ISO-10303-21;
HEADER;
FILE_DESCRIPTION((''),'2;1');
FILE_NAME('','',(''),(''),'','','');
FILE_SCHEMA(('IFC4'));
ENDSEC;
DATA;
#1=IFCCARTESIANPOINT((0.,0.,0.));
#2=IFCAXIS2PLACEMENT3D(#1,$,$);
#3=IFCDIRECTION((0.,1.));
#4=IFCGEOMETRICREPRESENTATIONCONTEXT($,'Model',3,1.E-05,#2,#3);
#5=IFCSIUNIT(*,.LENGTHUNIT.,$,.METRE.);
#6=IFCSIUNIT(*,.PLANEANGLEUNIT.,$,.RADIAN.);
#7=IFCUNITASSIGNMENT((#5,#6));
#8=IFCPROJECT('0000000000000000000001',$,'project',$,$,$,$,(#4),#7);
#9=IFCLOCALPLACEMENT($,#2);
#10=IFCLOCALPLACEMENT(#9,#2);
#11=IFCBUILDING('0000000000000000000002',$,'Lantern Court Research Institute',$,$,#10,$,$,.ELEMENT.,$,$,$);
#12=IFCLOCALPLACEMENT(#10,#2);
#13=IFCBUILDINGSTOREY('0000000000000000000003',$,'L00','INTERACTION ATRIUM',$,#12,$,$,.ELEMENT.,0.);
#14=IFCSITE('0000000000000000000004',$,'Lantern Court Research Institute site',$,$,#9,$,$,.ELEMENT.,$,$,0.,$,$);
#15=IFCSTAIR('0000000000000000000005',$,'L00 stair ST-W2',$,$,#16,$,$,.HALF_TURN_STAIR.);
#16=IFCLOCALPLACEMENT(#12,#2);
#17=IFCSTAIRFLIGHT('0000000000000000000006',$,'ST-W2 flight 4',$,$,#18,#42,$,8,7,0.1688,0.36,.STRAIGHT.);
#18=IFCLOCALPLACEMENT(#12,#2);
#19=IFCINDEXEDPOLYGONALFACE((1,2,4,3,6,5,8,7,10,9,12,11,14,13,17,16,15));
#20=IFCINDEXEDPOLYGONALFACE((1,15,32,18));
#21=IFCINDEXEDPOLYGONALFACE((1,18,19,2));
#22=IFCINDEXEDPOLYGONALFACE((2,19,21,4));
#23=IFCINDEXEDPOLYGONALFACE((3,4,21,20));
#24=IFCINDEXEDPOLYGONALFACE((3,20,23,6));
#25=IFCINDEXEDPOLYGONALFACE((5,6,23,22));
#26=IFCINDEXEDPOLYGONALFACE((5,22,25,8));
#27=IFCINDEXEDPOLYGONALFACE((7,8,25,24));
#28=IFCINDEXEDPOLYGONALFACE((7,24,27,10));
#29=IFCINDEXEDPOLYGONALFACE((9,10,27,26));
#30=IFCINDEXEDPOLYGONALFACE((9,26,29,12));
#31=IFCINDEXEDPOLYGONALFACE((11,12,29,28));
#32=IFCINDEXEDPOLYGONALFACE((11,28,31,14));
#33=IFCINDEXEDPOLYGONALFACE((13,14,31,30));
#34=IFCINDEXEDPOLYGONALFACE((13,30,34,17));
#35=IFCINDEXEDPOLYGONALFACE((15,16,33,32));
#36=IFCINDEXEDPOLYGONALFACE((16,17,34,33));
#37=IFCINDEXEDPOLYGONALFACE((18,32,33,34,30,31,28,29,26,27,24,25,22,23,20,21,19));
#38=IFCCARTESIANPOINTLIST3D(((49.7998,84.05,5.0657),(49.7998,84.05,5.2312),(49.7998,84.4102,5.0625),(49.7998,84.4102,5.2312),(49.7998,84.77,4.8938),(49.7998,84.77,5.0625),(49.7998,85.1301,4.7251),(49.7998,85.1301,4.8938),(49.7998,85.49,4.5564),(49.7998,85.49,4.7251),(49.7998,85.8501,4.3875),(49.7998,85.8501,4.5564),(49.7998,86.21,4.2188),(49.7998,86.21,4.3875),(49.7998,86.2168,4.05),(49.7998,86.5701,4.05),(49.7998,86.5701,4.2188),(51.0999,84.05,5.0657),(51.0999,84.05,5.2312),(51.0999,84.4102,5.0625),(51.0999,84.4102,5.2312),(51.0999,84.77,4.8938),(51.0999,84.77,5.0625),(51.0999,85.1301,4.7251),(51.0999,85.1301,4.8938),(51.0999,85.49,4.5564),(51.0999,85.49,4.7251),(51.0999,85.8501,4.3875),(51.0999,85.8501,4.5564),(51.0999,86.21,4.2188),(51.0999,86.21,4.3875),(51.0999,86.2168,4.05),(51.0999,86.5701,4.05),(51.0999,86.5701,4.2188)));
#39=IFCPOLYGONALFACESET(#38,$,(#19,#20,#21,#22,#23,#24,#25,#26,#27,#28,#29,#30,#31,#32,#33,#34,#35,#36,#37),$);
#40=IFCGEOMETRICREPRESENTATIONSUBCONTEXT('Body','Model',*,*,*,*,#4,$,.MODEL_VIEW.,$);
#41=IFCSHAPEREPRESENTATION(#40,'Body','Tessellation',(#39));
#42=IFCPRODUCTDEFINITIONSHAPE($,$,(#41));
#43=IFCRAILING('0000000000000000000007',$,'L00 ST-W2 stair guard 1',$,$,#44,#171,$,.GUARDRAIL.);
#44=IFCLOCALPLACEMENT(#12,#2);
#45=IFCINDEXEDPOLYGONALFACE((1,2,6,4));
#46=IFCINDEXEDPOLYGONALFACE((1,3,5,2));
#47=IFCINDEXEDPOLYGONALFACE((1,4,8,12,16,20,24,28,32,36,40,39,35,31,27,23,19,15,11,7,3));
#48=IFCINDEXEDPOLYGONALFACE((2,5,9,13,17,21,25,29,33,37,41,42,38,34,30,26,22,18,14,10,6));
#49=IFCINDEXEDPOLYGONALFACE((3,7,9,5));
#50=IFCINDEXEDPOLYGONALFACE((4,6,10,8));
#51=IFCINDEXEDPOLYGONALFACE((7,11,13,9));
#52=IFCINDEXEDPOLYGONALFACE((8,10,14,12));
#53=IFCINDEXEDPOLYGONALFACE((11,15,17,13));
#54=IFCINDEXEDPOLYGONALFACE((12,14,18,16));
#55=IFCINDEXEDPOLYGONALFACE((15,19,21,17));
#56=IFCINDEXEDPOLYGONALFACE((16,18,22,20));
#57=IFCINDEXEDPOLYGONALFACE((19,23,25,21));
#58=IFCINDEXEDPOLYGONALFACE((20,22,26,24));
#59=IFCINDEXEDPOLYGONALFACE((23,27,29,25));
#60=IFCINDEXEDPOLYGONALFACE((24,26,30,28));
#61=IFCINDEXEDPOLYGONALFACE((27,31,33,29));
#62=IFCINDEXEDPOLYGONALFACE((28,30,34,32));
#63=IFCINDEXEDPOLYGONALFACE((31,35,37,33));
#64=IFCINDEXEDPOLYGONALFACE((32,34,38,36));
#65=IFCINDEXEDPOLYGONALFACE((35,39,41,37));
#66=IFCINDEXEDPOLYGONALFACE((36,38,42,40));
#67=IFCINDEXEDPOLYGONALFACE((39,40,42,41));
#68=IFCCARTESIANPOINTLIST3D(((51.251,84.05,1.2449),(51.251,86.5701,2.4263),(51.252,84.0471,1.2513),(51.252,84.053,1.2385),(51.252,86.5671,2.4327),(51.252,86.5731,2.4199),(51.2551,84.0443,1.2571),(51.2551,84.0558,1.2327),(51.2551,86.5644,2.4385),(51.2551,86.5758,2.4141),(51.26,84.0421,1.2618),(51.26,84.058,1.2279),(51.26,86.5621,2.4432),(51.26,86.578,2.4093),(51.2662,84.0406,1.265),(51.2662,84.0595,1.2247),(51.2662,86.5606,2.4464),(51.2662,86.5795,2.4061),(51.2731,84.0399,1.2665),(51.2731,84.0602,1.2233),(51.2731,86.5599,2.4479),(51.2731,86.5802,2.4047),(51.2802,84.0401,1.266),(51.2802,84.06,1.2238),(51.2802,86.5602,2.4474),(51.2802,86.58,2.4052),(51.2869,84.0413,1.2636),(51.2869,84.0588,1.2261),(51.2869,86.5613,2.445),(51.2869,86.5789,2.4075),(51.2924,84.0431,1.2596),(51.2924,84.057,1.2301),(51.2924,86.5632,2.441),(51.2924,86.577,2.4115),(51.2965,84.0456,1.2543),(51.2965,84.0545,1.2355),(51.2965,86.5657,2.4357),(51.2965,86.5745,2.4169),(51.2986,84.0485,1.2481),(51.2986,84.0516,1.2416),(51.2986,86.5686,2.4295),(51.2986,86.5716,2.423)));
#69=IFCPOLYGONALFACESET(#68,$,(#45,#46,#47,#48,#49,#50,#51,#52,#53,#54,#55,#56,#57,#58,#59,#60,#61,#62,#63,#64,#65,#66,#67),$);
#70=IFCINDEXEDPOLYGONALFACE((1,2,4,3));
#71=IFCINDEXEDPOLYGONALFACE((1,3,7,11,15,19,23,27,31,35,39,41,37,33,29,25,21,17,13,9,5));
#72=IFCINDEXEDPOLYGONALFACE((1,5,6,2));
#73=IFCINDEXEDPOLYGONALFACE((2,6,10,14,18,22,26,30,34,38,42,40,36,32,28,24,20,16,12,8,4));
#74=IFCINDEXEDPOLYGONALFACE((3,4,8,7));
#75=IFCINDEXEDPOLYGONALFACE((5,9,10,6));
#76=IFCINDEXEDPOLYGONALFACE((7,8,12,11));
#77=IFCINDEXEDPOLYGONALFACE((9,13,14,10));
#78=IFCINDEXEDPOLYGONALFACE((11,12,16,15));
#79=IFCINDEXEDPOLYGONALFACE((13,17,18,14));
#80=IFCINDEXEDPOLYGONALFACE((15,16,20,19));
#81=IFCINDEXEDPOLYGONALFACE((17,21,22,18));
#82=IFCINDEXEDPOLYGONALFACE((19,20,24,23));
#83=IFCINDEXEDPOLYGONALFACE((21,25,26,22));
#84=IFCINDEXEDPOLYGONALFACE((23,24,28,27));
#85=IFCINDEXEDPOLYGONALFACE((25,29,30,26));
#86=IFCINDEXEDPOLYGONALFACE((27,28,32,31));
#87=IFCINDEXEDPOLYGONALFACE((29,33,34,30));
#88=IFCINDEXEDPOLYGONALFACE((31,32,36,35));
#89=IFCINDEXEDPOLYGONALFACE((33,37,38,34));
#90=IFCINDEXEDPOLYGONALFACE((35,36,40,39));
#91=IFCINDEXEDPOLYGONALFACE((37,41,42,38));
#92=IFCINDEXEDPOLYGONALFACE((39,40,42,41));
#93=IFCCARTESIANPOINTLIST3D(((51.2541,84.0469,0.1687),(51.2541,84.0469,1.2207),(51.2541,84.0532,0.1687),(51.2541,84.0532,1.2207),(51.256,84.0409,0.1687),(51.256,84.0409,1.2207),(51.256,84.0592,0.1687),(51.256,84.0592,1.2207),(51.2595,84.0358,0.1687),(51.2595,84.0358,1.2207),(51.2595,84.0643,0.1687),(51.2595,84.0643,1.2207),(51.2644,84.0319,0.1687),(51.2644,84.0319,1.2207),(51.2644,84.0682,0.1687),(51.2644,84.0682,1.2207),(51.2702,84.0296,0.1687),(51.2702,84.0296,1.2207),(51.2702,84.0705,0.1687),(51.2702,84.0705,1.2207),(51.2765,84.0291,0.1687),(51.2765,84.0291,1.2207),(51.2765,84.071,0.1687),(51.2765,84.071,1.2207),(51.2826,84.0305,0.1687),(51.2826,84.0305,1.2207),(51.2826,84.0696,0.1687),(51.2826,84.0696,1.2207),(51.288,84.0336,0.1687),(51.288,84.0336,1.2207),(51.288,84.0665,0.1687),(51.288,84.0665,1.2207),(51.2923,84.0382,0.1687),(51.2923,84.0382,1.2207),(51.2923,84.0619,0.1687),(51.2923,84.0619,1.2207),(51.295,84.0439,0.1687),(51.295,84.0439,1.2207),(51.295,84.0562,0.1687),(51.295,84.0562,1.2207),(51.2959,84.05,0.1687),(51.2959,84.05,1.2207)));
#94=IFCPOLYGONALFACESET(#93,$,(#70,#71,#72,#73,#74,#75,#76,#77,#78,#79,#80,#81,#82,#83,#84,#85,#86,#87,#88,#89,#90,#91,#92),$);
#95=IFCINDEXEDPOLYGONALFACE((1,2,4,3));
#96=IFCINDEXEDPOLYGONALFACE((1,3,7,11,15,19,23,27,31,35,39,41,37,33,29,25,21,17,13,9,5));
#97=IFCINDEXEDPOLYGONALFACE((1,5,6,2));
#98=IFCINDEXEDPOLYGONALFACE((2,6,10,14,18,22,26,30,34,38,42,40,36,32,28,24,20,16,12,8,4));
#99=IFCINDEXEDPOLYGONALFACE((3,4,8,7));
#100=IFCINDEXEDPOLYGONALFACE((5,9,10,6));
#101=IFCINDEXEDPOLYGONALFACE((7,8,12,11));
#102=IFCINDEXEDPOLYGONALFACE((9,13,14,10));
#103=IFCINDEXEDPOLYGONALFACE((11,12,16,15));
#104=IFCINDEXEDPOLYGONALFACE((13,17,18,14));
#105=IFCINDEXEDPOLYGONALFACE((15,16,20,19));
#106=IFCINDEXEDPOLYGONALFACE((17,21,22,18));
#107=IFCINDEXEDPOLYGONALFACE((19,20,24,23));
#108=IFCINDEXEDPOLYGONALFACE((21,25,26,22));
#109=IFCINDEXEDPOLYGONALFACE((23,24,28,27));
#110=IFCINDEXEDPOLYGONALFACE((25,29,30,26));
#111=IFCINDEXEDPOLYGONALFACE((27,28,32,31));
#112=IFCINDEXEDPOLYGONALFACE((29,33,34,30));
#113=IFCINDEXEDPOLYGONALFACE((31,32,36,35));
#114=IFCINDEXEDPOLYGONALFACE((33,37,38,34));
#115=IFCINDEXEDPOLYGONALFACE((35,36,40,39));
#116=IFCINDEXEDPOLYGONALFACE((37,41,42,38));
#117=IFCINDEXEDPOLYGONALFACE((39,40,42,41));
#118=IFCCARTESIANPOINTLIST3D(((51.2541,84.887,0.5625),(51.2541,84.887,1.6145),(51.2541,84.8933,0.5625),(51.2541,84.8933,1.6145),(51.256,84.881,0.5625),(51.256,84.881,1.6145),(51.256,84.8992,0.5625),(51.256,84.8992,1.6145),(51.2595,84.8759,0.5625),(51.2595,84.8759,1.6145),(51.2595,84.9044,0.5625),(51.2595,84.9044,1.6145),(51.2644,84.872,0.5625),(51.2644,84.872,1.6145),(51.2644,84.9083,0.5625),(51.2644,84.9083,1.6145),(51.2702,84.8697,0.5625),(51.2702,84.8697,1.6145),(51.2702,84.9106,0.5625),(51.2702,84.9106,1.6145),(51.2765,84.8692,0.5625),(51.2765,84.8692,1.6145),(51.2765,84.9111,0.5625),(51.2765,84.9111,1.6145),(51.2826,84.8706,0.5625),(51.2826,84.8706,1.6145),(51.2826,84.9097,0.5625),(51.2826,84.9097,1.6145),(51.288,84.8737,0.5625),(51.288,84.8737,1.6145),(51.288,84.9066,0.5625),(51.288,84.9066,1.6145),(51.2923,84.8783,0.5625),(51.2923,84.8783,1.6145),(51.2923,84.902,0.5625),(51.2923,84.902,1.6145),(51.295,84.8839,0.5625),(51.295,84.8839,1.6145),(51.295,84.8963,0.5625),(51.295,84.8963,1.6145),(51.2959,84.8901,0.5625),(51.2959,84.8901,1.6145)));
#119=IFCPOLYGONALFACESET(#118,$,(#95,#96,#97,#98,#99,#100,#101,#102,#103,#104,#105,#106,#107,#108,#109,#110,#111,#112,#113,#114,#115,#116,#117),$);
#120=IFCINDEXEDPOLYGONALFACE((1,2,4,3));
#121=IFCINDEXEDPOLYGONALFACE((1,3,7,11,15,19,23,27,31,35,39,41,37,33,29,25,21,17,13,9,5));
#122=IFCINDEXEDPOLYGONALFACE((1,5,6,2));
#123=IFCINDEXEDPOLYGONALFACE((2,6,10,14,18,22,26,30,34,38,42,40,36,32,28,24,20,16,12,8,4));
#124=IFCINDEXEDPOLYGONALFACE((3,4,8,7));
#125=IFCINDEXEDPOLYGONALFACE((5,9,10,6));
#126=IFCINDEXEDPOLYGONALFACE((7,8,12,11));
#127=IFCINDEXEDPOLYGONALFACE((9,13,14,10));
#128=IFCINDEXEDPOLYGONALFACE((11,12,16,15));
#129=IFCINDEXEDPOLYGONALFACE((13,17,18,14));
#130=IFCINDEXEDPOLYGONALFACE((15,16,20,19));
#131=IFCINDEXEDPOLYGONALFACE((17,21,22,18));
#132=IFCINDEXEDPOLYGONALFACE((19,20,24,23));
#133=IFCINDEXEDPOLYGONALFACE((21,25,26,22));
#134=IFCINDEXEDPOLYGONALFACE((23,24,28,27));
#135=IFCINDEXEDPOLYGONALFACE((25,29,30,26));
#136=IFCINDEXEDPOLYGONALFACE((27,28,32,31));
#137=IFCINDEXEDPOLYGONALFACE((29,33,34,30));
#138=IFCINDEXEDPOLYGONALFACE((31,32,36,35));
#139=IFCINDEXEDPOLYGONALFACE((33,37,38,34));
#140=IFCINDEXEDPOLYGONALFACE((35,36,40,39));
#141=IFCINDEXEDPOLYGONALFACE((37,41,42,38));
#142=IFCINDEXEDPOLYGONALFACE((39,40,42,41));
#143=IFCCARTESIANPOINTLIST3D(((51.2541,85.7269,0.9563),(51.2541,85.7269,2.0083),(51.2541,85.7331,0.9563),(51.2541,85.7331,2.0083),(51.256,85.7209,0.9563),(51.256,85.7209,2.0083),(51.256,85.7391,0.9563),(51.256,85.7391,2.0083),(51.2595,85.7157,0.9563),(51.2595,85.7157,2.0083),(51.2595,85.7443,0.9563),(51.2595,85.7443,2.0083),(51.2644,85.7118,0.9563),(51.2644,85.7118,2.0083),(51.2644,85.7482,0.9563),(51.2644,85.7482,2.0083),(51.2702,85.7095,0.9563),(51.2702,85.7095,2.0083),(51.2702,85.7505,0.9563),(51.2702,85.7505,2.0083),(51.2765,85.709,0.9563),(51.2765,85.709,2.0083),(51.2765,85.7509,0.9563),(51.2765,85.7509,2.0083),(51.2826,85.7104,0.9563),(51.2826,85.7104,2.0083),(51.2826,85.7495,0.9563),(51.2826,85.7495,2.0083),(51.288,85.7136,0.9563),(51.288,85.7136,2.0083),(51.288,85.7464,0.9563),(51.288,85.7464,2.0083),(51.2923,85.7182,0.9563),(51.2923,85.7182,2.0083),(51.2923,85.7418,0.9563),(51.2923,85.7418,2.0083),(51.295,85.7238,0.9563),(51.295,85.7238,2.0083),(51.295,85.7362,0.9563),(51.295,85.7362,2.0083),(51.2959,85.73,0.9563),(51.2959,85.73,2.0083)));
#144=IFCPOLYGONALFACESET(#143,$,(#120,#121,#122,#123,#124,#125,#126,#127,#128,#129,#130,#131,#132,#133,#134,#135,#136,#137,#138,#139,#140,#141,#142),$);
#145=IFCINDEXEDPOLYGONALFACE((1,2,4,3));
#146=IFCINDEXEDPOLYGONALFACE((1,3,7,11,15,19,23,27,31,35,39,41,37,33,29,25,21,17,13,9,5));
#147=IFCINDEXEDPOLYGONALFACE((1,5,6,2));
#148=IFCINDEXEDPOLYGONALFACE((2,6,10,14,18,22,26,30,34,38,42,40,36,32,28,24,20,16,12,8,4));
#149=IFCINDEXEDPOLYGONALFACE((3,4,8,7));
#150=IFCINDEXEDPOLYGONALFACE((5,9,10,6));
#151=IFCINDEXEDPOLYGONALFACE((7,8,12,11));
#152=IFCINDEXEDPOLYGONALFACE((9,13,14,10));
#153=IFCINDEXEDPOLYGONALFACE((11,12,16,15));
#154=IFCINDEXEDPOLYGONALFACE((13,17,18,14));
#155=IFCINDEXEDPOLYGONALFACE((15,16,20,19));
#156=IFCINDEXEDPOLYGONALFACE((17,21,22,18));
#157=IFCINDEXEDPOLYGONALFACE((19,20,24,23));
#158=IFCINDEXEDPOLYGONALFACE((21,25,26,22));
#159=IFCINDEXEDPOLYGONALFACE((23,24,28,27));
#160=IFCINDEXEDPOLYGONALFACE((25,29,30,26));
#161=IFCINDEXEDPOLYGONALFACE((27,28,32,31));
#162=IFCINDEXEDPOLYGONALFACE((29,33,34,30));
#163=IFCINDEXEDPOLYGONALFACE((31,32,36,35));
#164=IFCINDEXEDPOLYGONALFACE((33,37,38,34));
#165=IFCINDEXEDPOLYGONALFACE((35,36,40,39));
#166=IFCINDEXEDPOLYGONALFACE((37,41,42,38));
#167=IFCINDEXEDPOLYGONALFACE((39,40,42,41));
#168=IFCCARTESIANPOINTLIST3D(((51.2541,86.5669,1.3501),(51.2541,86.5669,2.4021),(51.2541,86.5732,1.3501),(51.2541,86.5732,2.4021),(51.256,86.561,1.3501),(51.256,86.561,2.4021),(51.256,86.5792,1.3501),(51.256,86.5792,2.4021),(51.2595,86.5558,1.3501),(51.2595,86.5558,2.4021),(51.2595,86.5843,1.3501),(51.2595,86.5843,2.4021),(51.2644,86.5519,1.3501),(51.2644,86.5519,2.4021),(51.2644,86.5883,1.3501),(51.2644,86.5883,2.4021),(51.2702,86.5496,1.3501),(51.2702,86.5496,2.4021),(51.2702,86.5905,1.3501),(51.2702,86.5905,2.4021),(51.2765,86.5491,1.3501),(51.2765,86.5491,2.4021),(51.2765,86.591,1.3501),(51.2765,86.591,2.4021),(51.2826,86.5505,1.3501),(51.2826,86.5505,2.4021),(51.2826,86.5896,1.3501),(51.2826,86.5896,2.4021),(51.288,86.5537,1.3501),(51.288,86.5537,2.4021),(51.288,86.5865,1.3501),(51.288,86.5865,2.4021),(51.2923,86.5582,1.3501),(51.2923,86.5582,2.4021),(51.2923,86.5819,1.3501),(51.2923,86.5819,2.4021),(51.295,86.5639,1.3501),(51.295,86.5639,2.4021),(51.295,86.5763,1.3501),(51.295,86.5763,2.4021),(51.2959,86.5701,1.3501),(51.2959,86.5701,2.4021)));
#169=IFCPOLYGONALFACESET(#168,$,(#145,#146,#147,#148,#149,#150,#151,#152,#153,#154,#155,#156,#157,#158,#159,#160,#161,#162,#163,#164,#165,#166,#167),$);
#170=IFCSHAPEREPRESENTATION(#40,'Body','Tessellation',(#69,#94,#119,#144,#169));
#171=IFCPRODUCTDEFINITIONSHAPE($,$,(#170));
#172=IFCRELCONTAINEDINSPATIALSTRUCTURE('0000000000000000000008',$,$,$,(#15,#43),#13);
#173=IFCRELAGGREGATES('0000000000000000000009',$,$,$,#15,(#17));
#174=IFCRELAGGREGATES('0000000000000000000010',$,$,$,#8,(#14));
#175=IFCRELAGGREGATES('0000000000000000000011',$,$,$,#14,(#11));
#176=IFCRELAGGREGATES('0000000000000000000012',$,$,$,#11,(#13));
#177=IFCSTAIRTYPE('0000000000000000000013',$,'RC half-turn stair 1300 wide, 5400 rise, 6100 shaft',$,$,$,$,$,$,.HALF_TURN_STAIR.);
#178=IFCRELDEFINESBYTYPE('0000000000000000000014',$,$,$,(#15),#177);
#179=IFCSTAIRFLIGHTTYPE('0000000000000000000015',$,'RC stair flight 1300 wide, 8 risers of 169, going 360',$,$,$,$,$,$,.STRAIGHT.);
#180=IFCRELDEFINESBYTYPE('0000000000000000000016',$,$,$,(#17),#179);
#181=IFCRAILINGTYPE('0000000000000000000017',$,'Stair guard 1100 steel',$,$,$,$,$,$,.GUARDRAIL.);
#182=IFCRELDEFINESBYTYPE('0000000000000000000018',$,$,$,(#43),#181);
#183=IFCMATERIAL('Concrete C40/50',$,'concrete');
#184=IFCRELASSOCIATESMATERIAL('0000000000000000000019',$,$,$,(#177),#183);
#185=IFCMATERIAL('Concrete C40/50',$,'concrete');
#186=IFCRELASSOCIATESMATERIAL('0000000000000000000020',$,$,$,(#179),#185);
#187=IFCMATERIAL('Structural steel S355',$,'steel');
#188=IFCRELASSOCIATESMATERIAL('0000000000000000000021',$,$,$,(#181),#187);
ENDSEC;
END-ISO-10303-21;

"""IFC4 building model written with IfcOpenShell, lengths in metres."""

from ifc_helpers import new_model, si_unit, direction, frame, origin, origin_2d, place, context, subcontext, project, spatial, polyline, circle, outline, extrude, material, type_object, element, aggregate, save


model = new_model("IFC4")

# Units and contexts
model_context = context("Model", 3, precision=1e-05, world=origin(), true_north=direction((0.0, 1.0)))
body_context = subcontext(model_context, "Body", "Model", "MODEL_VIEW")
ifc_project = project(units=[si_unit("LENGTHUNIT", "METRE"), si_unit("PLANEANGLEUNIT", "RADIAN")], contexts=[model_context])

# Site, building, storey
site_placement = place(None, origin())
site = spatial("IfcSite", under=ifc_project, at=site_placement, Name="Lantern Court Research Institute site", CompositionType="ELEMENT", RefElevation=0.0)
building_placement = place(site_placement, origin())
building = spatial("IfcBuilding", under=site, at=building_placement, Name="Lantern Court Research Institute", CompositionType="ELEMENT")
storey_placement = place(building_placement, origin())
storey = spatial("IfcBuildingStorey", under=building, at=storey_placement, Name="L00", Description="INTERACTION ATRIUM", CompositionType="ELEMENT", Elevation=0.0)

# Stair, stair flight
ifc_material_1 = material(Name="Concrete C40/50", Category="concrete")
stair_type = type_object("IfcStairType", Name="RC half-turn stair 1300 wide, 5400 rise, 6100 shaft", PredefinedType="HALF_TURN_STAIR", material=ifc_material_1)
stair_placement = place(storey_placement, origin())
stair = element("IfcStair", 1, at=stair_placement, inside=storey, type_object=stair_type, Name="L00 stair ST-W2", PredefinedType="HALF_TURN_STAIR")
ifc_material_2 = material(Name="Concrete C40/50", Category="concrete")
stair_flight_type = type_object("IfcStairFlightType", Name="RC stair flight 1300 wide, 8 risers of 169, going 360", PredefinedType="STRAIGHT", material=ifc_material_2)
stair_flight_1_placement = place(storey_placement, frame((50.45, 86.5701, 4.05), z_axis=(0.0, 0.0, 1.0), x_axis=(0.0, -1.0, 0.0)))
stair_flight_1 = element("IfcStairFlight", 2, at=stair_flight_1_placement, type_object=stair_flight_type, Name="ST-W2 flight 4", NumberOfRisers=8, NumberOfTreads=7, PredefinedType="STRAIGHT", RiserHeight=0.1688, TreadLength=0.36, context=body_context, shape_type="SweptSolid", body=[
    extrude(outline(polyline([(0.0, 0.0), (0.0, 0.1687), (0.3601, 0.1687), (0.3601, 0.3374), (0.72, 0.3374), (0.72, 0.5063), (1.0801, 0.5063), (1.0801, 0.675), (1.4399, 0.675), (1.4399, 0.8438), (1.8, 0.8438), (1.8, 1.0125), (2.1599, 1.0125), (2.1599, 1.1812), (2.52, 1.1812), (2.52, 1.3501), (2.52, 1.0156), (0.3533, 0.0), (0.0, 0.0)])), frame((0.0, 0.6499, 0.0), z_axis=(0.0, -1.0, 0.0), x_axis=(1.0, 0.0, 0.0)), (0.0, 0.0, 1.0), 1.3),
])
aggregate(stair, [stair_flight_1])

# Railing
ifc_material_3 = material(Name="Structural steel S355", Category="steel")
railing_type_1 = type_object("IfcRailingType", Name="Stair guard 1100 steel", PredefinedType="GUARDRAIL", material=ifc_material_3)
railing_1_placement = place(storey_placement, frame((51.2749, 84.05, 0.1687)))
element("IfcRailing", 3, at=railing_1_placement, inside=storey, type_object=railing_type_1, Name="L00 ST-W2 stair guard 1", PredefinedType="GUARDRAIL", context=body_context, shape_type="SweptSolid", body=[
    extrude(circle(Radius=0.0239, at=origin_2d()), frame((0.0, 0.0, 1.0762), z_axis=(0.0, 0.90544, 0.424474), x_axis=(-1.0, 0.0, 0.0)), (0.0, 0.0, 1.0), 2.7832),
    extrude(circle(Radius=0.021, at=origin_2d()), origin(), (0.0, 0.0, 1.0), 1.052),
    extrude(circle(Radius=0.021, at=origin_2d()), frame((0.0, 0.8401, 0.3938)), (0.0, 0.0, 1.0), 1.052),
    extrude(circle(Radius=0.021, at=origin_2d()), frame((0.0, 1.6799, 0.7876)), (0.0, 0.0, 1.0), 1.052),
    extrude(circle(Radius=0.021, at=origin_2d()), frame((0.0, 2.52, 1.1814)), (0.0, 0.0, 1.0), 1.052),
])

save(model, "model.ifc")
